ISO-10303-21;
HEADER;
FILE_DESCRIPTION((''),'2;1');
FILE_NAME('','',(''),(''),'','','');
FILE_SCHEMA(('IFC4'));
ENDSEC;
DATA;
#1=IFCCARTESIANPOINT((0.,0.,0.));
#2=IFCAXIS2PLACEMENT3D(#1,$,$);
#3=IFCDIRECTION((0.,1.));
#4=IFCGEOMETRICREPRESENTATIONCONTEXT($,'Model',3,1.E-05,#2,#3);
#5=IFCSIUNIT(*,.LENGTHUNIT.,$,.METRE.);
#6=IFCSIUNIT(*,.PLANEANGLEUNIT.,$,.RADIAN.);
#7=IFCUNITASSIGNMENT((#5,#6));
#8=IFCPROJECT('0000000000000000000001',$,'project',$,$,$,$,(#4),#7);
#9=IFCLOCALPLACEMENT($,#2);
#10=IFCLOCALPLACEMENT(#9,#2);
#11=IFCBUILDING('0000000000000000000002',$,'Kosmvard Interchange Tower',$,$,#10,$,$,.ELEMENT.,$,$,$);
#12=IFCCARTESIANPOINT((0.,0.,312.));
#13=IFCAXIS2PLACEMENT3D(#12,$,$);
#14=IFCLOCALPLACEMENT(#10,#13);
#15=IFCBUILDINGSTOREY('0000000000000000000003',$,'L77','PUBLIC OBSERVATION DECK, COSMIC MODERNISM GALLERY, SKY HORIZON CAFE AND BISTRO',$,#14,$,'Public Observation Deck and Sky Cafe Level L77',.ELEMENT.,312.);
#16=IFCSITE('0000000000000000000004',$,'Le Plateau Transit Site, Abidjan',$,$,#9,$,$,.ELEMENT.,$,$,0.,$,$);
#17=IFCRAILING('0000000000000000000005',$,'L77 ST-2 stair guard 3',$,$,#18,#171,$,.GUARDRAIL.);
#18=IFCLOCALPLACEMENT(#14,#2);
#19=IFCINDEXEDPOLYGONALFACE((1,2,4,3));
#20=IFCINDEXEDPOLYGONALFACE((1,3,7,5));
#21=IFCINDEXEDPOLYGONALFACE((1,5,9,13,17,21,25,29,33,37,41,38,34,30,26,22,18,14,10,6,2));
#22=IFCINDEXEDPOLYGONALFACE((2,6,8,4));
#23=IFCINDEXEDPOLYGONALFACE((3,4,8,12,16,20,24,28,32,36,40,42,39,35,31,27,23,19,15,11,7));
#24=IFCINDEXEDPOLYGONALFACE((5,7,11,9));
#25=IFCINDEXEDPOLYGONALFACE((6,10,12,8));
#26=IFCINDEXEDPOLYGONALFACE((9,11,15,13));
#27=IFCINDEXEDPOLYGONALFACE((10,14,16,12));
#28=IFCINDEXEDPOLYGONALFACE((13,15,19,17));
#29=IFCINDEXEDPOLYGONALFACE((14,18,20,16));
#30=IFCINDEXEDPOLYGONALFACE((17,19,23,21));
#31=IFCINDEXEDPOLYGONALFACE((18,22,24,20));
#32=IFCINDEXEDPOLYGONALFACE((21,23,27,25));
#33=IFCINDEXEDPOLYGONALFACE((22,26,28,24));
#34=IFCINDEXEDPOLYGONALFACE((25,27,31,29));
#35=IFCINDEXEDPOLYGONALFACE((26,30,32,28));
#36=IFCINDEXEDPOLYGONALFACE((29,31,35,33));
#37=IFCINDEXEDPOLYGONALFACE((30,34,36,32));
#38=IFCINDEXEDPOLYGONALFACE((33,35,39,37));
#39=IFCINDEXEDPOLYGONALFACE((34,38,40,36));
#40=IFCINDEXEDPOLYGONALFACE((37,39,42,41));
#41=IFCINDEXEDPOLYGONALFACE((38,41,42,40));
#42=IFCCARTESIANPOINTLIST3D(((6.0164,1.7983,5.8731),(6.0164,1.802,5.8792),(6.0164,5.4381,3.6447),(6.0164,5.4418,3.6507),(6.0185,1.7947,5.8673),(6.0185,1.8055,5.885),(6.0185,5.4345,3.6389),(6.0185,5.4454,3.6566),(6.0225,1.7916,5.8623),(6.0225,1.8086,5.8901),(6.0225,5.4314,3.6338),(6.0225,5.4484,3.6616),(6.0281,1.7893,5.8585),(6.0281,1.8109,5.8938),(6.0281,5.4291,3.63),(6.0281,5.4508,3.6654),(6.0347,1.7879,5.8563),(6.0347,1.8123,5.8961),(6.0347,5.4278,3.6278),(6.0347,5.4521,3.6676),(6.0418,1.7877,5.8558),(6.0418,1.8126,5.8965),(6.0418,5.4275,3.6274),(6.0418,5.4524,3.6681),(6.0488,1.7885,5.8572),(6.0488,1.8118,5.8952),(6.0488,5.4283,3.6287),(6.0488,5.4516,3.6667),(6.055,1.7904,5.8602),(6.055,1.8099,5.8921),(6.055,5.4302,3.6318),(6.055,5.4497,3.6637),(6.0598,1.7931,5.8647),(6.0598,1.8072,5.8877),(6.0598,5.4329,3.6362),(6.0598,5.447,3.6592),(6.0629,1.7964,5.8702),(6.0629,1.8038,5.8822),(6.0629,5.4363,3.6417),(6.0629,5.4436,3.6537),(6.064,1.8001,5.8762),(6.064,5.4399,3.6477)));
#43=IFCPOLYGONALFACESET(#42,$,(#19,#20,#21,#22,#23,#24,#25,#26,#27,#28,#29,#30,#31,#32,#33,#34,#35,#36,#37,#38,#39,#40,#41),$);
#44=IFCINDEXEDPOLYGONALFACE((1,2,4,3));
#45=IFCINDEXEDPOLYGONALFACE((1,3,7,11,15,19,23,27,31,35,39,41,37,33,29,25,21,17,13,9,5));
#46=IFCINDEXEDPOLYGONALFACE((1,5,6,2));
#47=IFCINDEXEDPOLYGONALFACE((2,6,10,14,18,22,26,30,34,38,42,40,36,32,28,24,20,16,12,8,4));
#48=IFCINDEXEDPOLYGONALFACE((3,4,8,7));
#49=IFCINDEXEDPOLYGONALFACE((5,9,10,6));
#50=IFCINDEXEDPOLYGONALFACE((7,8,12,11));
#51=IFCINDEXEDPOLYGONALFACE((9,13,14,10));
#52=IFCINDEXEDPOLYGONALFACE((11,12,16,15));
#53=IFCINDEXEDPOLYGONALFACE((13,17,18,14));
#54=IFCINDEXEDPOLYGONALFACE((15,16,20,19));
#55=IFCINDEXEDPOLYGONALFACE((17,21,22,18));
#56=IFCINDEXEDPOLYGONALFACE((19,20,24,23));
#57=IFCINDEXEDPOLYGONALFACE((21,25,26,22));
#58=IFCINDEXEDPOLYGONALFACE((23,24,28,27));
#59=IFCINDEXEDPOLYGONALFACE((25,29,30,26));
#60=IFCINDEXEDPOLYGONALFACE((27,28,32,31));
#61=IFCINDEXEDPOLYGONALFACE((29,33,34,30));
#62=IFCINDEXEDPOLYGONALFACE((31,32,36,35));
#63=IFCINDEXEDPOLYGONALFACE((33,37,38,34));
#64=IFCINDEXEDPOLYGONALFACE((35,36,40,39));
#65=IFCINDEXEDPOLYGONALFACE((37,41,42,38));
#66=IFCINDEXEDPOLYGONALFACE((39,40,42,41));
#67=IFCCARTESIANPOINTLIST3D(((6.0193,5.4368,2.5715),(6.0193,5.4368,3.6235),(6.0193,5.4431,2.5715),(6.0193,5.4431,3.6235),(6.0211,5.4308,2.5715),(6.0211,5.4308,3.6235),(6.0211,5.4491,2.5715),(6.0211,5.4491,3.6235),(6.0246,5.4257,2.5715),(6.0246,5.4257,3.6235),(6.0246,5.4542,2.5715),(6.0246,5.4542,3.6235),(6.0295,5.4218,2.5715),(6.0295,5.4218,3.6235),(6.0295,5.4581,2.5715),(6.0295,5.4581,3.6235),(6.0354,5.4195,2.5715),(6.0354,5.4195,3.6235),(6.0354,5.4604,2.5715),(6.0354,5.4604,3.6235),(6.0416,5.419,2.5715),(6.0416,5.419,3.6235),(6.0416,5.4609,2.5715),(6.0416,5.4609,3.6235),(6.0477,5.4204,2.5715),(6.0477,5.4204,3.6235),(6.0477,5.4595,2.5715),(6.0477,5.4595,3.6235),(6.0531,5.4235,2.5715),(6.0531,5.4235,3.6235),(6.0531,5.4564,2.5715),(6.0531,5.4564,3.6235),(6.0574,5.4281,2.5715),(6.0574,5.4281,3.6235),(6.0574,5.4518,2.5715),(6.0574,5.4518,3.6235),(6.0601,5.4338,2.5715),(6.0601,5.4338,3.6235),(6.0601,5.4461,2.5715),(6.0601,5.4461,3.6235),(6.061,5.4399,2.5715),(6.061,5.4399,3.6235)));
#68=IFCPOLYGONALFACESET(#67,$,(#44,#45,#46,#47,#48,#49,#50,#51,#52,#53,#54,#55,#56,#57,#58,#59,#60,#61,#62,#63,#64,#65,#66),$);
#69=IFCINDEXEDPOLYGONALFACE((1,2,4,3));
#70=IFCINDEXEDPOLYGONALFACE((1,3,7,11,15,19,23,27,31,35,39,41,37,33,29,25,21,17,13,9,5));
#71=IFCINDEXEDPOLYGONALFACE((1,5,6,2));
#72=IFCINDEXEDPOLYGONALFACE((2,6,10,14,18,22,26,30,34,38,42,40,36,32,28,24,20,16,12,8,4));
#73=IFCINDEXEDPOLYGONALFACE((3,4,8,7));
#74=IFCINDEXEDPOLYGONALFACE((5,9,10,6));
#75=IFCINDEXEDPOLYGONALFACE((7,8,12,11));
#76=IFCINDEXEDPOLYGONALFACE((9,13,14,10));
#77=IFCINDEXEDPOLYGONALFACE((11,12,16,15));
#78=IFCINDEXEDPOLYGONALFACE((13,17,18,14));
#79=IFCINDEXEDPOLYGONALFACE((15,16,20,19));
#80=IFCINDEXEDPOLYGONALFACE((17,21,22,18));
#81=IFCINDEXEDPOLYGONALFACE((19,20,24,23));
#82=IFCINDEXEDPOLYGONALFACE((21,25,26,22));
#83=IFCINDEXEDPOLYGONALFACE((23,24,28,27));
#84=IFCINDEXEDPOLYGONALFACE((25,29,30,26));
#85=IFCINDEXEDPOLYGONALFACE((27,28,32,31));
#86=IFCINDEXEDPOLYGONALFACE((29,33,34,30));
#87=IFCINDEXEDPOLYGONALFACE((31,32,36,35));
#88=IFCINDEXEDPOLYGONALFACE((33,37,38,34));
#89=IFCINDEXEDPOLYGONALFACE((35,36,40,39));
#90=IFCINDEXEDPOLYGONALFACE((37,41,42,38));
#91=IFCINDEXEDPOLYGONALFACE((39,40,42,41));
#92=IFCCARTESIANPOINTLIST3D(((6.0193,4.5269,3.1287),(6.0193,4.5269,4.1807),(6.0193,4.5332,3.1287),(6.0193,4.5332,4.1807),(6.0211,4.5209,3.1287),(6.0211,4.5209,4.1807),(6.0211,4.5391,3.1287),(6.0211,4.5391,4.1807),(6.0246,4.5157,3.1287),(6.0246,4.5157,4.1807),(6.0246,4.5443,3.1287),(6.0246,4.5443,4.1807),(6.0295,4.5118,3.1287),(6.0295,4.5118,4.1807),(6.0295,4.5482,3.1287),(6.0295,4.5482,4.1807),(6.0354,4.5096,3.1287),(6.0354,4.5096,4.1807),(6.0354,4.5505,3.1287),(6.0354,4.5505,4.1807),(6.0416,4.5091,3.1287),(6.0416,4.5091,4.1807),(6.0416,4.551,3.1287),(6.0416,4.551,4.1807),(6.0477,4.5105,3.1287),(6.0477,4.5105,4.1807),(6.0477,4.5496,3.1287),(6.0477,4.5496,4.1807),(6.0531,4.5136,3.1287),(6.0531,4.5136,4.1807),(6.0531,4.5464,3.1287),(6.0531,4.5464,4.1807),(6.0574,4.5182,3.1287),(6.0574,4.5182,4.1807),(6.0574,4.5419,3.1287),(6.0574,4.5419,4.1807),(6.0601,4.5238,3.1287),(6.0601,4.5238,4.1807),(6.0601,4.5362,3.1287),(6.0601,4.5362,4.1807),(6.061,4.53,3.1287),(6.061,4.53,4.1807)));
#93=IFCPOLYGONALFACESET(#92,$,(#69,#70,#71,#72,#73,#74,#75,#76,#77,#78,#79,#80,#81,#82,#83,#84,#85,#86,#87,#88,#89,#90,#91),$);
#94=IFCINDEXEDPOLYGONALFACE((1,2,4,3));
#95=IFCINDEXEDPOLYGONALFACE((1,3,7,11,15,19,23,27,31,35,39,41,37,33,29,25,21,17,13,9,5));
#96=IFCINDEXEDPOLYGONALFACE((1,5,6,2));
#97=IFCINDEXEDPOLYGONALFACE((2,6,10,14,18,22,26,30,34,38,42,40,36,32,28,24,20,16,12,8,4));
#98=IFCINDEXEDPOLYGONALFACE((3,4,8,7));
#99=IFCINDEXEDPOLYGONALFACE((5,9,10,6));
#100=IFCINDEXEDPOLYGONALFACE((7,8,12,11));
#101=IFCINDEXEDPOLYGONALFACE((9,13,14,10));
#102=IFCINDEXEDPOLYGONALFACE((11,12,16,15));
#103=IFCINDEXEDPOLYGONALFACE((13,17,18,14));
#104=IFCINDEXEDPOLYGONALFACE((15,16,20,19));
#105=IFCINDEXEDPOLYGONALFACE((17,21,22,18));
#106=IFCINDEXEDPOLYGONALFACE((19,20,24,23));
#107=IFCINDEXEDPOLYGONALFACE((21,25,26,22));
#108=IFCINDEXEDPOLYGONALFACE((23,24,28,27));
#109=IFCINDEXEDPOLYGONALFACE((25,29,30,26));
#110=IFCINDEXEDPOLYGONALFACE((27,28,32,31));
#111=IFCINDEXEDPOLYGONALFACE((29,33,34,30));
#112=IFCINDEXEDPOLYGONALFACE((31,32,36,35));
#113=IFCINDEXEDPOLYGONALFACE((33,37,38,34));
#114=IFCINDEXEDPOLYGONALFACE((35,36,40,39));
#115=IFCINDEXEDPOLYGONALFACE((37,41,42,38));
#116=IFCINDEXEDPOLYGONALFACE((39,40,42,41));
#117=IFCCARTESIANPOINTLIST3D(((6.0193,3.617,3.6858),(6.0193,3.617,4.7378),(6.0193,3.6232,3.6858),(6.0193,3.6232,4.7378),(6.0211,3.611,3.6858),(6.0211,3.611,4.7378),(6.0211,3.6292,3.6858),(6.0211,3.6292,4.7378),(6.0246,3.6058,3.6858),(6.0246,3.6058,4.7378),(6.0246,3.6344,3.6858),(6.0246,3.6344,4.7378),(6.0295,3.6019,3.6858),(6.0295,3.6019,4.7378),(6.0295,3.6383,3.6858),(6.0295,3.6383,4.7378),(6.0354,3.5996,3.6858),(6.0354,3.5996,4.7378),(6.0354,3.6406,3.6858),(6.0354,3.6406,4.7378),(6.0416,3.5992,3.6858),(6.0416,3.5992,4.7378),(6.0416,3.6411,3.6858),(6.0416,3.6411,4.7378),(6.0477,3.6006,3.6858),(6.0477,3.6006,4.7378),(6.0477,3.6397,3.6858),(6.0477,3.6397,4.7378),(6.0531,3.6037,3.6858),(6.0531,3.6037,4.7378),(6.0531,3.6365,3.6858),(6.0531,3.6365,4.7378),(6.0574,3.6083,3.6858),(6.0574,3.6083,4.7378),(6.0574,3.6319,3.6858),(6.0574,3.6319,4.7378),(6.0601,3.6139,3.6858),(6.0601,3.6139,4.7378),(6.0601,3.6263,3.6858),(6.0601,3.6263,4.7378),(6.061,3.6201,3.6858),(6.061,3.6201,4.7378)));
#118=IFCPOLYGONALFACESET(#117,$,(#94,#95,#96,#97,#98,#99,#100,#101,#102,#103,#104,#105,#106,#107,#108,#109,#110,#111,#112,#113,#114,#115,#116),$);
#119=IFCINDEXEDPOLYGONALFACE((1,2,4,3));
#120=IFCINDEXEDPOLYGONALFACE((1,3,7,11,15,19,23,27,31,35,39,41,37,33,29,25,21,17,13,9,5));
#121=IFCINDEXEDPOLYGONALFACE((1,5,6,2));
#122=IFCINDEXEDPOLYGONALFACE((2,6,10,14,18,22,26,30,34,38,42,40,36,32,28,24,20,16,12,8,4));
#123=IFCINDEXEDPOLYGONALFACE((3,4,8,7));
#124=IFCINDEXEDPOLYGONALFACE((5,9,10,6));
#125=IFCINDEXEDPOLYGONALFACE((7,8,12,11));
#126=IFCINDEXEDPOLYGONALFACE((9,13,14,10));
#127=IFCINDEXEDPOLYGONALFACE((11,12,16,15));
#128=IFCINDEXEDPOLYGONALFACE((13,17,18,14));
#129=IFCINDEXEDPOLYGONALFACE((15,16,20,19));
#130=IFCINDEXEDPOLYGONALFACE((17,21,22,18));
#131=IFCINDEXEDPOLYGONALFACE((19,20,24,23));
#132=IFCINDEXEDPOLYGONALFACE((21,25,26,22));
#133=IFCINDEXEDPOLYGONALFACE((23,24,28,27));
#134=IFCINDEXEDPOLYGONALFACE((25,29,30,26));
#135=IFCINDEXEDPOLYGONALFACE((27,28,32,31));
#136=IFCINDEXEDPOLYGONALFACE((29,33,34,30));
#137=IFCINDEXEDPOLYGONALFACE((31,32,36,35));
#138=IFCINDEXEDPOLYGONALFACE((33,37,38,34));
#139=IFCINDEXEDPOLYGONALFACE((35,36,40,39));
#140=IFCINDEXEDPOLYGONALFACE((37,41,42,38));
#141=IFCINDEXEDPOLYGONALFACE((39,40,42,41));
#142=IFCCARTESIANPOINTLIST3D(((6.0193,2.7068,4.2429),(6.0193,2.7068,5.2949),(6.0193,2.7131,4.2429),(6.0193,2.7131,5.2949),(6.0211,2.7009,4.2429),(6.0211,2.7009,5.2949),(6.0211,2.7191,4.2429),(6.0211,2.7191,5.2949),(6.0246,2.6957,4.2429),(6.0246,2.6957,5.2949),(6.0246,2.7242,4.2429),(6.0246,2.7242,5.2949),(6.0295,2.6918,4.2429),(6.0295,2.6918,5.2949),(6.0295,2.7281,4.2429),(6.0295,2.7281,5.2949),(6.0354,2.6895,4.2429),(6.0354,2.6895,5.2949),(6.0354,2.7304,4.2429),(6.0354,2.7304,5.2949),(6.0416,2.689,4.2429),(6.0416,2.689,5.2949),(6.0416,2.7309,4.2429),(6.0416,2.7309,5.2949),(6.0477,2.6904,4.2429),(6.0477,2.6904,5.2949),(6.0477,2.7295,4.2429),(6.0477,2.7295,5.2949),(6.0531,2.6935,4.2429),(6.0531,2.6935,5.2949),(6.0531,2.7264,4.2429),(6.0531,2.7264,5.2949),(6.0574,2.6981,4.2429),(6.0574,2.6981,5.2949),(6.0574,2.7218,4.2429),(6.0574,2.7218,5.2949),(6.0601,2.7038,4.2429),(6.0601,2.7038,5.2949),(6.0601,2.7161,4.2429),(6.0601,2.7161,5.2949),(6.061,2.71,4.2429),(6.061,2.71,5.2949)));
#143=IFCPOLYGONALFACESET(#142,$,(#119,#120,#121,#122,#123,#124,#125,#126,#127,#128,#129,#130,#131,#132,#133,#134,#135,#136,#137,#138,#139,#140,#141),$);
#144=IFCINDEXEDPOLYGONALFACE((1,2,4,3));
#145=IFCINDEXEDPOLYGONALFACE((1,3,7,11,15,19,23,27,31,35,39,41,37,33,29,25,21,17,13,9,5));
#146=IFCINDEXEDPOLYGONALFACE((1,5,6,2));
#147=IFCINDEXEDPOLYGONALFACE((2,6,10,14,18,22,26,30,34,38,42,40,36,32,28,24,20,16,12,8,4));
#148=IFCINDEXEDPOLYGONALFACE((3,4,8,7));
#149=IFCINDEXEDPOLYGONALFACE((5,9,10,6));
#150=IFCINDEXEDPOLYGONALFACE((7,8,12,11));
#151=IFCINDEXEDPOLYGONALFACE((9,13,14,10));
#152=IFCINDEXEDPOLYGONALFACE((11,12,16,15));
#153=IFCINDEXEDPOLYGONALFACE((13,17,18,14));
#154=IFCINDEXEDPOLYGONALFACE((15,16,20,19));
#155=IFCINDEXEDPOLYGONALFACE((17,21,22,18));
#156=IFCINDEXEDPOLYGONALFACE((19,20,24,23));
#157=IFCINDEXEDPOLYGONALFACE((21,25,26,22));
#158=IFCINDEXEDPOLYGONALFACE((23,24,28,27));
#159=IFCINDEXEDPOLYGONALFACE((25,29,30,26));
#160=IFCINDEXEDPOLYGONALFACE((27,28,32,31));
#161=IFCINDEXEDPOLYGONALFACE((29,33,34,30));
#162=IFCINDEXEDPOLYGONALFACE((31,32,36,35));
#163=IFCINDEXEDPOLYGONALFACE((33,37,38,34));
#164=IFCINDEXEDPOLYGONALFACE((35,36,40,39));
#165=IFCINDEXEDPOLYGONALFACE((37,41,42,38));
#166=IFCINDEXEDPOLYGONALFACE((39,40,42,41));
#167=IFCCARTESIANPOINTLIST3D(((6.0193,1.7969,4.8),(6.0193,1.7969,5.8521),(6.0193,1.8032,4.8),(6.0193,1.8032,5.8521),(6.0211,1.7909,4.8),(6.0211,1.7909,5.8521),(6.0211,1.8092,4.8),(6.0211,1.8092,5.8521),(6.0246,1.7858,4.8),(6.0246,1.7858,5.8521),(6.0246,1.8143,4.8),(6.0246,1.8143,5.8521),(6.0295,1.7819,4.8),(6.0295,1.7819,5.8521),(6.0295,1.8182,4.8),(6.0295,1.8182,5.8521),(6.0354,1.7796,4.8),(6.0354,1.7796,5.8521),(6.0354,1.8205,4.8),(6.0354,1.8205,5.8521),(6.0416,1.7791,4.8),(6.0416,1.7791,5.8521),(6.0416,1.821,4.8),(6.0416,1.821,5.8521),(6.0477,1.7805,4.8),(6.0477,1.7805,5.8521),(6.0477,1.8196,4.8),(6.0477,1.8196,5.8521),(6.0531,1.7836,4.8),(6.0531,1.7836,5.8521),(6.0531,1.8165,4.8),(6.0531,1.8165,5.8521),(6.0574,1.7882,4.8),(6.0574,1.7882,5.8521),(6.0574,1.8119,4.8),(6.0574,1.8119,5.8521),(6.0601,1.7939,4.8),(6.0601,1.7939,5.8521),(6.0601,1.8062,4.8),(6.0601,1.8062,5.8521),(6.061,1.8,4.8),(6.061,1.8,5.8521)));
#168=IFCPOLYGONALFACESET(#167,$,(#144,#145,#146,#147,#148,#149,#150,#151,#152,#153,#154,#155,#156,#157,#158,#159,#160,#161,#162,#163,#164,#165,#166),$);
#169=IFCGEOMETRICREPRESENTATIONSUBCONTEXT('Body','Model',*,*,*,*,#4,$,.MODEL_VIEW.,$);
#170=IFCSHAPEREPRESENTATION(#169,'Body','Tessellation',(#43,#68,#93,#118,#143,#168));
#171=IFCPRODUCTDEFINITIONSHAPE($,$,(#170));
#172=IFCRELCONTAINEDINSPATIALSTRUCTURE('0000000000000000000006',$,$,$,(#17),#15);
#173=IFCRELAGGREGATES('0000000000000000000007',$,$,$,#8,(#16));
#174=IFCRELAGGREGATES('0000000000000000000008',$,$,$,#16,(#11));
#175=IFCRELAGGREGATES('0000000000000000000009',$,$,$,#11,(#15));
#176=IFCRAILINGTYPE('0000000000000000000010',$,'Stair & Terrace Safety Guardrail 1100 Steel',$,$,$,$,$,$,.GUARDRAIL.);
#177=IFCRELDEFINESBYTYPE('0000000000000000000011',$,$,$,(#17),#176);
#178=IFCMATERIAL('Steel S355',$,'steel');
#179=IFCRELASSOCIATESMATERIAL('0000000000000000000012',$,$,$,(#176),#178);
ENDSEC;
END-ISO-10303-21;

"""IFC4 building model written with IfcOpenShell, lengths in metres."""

from ifc_helpers import new_model, si_unit, direction, frame, origin, origin_2d, place, context, subcontext, project, spatial, circle, extrude, source, transform, mapped, material, type_object, element, save


model = new_model("IFC4")

# Units and contexts
model_context = context("Model", 3, precision=1e-05, world=origin(), true_north=direction((0.0, 1.0)))
body_context = subcontext(model_context, "Body", "Model", "MODEL_VIEW")
ifc_project = project(units=[si_unit("LENGTHUNIT", "METRE"), si_unit("PLANEANGLEUNIT", "RADIAN")], contexts=[model_context])

# Site, building, storey
site_placement = place(None, origin())
site = spatial("IfcSite", under=ifc_project, at=site_placement, Name="Le Plateau Transit Site, Abidjan", CompositionType="ELEMENT", RefElevation=0.0)
building_placement = place(site_placement, origin())
building = spatial("IfcBuilding", under=site, at=building_placement, Name="Kosmvard Interchange Tower", CompositionType="ELEMENT")
storey_placement = place(building_placement, frame((0.0, 0.0, 312.0)))
storey = spatial("IfcBuildingStorey", under=building, at=storey_placement, Name="L77", Description="PUBLIC OBSERVATION DECK, COSMIC MODERNISM GALLERY, SKY HORIZON CAFE AND BISTRO", LongName="Public Observation Deck and Sky Cafe Level L77", CompositionType="ELEMENT", Elevation=312.0)

# Shared definitions
ifc_material_1 = material(Name="Steel S355", Category="steel")

# Railing
railing_type_1 = type_object("IfcRailingType", Name="Stair & Terrace Safety Guardrail 1100 Steel", PredefinedType="GUARDRAIL", material=ifc_material_1)
shared_shape_1 = source(origin(), body_context, "Body", "SweptSolid", [
    extrude(circle(Radius=0.0239, at=origin_2d()), frame((0.0, 0.0, 1.0762), z_axis=(0.0, -0.85285, 0.522156), x_axis=(1.0, 0.0, 0.0)), (0.0, 0.0, 1.0), 4.2678),
    extrude(circle(Radius=0.021, at=origin_2d()), origin(), (0.0, 0.0, 1.0), 1.052),
    extrude(circle(Radius=0.021, at=origin_2d()), frame((0.0, -0.9099, 0.5571)), (0.0, 0.0, 1.0), 1.052),
    extrude(circle(Radius=0.021, at=origin_2d()), frame((0.0, -1.8198, 1.1143)), (0.0, 0.0, 1.0), 1.052),
    extrude(circle(Radius=0.021, at=origin_2d()), frame((0.0, -2.73, 1.6714)), (0.0, 0.0, 1.0), 1.052),
    extrude(circle(Radius=0.021, at=origin_2d()), frame((0.0, -3.6399, 2.2285)), (0.0, 0.0, 1.0), 1.052),
])
railing_1_placement = place(storey_placement, frame((6.04, 5.4399, 2.5715)))
element("IfcRailing", 1, at=railing_1_placement, inside=storey, type_object=railing_type_1, Name="L77 ST-2 stair guard 3", PredefinedType="GUARDRAIL", context=body_context, shape_type="MappedRepresentation", body=[
    mapped(shared_shape_1, transform((0.0, 0.0, 0.0), scale=1.0)),
])

save(model, "model.ifc")
